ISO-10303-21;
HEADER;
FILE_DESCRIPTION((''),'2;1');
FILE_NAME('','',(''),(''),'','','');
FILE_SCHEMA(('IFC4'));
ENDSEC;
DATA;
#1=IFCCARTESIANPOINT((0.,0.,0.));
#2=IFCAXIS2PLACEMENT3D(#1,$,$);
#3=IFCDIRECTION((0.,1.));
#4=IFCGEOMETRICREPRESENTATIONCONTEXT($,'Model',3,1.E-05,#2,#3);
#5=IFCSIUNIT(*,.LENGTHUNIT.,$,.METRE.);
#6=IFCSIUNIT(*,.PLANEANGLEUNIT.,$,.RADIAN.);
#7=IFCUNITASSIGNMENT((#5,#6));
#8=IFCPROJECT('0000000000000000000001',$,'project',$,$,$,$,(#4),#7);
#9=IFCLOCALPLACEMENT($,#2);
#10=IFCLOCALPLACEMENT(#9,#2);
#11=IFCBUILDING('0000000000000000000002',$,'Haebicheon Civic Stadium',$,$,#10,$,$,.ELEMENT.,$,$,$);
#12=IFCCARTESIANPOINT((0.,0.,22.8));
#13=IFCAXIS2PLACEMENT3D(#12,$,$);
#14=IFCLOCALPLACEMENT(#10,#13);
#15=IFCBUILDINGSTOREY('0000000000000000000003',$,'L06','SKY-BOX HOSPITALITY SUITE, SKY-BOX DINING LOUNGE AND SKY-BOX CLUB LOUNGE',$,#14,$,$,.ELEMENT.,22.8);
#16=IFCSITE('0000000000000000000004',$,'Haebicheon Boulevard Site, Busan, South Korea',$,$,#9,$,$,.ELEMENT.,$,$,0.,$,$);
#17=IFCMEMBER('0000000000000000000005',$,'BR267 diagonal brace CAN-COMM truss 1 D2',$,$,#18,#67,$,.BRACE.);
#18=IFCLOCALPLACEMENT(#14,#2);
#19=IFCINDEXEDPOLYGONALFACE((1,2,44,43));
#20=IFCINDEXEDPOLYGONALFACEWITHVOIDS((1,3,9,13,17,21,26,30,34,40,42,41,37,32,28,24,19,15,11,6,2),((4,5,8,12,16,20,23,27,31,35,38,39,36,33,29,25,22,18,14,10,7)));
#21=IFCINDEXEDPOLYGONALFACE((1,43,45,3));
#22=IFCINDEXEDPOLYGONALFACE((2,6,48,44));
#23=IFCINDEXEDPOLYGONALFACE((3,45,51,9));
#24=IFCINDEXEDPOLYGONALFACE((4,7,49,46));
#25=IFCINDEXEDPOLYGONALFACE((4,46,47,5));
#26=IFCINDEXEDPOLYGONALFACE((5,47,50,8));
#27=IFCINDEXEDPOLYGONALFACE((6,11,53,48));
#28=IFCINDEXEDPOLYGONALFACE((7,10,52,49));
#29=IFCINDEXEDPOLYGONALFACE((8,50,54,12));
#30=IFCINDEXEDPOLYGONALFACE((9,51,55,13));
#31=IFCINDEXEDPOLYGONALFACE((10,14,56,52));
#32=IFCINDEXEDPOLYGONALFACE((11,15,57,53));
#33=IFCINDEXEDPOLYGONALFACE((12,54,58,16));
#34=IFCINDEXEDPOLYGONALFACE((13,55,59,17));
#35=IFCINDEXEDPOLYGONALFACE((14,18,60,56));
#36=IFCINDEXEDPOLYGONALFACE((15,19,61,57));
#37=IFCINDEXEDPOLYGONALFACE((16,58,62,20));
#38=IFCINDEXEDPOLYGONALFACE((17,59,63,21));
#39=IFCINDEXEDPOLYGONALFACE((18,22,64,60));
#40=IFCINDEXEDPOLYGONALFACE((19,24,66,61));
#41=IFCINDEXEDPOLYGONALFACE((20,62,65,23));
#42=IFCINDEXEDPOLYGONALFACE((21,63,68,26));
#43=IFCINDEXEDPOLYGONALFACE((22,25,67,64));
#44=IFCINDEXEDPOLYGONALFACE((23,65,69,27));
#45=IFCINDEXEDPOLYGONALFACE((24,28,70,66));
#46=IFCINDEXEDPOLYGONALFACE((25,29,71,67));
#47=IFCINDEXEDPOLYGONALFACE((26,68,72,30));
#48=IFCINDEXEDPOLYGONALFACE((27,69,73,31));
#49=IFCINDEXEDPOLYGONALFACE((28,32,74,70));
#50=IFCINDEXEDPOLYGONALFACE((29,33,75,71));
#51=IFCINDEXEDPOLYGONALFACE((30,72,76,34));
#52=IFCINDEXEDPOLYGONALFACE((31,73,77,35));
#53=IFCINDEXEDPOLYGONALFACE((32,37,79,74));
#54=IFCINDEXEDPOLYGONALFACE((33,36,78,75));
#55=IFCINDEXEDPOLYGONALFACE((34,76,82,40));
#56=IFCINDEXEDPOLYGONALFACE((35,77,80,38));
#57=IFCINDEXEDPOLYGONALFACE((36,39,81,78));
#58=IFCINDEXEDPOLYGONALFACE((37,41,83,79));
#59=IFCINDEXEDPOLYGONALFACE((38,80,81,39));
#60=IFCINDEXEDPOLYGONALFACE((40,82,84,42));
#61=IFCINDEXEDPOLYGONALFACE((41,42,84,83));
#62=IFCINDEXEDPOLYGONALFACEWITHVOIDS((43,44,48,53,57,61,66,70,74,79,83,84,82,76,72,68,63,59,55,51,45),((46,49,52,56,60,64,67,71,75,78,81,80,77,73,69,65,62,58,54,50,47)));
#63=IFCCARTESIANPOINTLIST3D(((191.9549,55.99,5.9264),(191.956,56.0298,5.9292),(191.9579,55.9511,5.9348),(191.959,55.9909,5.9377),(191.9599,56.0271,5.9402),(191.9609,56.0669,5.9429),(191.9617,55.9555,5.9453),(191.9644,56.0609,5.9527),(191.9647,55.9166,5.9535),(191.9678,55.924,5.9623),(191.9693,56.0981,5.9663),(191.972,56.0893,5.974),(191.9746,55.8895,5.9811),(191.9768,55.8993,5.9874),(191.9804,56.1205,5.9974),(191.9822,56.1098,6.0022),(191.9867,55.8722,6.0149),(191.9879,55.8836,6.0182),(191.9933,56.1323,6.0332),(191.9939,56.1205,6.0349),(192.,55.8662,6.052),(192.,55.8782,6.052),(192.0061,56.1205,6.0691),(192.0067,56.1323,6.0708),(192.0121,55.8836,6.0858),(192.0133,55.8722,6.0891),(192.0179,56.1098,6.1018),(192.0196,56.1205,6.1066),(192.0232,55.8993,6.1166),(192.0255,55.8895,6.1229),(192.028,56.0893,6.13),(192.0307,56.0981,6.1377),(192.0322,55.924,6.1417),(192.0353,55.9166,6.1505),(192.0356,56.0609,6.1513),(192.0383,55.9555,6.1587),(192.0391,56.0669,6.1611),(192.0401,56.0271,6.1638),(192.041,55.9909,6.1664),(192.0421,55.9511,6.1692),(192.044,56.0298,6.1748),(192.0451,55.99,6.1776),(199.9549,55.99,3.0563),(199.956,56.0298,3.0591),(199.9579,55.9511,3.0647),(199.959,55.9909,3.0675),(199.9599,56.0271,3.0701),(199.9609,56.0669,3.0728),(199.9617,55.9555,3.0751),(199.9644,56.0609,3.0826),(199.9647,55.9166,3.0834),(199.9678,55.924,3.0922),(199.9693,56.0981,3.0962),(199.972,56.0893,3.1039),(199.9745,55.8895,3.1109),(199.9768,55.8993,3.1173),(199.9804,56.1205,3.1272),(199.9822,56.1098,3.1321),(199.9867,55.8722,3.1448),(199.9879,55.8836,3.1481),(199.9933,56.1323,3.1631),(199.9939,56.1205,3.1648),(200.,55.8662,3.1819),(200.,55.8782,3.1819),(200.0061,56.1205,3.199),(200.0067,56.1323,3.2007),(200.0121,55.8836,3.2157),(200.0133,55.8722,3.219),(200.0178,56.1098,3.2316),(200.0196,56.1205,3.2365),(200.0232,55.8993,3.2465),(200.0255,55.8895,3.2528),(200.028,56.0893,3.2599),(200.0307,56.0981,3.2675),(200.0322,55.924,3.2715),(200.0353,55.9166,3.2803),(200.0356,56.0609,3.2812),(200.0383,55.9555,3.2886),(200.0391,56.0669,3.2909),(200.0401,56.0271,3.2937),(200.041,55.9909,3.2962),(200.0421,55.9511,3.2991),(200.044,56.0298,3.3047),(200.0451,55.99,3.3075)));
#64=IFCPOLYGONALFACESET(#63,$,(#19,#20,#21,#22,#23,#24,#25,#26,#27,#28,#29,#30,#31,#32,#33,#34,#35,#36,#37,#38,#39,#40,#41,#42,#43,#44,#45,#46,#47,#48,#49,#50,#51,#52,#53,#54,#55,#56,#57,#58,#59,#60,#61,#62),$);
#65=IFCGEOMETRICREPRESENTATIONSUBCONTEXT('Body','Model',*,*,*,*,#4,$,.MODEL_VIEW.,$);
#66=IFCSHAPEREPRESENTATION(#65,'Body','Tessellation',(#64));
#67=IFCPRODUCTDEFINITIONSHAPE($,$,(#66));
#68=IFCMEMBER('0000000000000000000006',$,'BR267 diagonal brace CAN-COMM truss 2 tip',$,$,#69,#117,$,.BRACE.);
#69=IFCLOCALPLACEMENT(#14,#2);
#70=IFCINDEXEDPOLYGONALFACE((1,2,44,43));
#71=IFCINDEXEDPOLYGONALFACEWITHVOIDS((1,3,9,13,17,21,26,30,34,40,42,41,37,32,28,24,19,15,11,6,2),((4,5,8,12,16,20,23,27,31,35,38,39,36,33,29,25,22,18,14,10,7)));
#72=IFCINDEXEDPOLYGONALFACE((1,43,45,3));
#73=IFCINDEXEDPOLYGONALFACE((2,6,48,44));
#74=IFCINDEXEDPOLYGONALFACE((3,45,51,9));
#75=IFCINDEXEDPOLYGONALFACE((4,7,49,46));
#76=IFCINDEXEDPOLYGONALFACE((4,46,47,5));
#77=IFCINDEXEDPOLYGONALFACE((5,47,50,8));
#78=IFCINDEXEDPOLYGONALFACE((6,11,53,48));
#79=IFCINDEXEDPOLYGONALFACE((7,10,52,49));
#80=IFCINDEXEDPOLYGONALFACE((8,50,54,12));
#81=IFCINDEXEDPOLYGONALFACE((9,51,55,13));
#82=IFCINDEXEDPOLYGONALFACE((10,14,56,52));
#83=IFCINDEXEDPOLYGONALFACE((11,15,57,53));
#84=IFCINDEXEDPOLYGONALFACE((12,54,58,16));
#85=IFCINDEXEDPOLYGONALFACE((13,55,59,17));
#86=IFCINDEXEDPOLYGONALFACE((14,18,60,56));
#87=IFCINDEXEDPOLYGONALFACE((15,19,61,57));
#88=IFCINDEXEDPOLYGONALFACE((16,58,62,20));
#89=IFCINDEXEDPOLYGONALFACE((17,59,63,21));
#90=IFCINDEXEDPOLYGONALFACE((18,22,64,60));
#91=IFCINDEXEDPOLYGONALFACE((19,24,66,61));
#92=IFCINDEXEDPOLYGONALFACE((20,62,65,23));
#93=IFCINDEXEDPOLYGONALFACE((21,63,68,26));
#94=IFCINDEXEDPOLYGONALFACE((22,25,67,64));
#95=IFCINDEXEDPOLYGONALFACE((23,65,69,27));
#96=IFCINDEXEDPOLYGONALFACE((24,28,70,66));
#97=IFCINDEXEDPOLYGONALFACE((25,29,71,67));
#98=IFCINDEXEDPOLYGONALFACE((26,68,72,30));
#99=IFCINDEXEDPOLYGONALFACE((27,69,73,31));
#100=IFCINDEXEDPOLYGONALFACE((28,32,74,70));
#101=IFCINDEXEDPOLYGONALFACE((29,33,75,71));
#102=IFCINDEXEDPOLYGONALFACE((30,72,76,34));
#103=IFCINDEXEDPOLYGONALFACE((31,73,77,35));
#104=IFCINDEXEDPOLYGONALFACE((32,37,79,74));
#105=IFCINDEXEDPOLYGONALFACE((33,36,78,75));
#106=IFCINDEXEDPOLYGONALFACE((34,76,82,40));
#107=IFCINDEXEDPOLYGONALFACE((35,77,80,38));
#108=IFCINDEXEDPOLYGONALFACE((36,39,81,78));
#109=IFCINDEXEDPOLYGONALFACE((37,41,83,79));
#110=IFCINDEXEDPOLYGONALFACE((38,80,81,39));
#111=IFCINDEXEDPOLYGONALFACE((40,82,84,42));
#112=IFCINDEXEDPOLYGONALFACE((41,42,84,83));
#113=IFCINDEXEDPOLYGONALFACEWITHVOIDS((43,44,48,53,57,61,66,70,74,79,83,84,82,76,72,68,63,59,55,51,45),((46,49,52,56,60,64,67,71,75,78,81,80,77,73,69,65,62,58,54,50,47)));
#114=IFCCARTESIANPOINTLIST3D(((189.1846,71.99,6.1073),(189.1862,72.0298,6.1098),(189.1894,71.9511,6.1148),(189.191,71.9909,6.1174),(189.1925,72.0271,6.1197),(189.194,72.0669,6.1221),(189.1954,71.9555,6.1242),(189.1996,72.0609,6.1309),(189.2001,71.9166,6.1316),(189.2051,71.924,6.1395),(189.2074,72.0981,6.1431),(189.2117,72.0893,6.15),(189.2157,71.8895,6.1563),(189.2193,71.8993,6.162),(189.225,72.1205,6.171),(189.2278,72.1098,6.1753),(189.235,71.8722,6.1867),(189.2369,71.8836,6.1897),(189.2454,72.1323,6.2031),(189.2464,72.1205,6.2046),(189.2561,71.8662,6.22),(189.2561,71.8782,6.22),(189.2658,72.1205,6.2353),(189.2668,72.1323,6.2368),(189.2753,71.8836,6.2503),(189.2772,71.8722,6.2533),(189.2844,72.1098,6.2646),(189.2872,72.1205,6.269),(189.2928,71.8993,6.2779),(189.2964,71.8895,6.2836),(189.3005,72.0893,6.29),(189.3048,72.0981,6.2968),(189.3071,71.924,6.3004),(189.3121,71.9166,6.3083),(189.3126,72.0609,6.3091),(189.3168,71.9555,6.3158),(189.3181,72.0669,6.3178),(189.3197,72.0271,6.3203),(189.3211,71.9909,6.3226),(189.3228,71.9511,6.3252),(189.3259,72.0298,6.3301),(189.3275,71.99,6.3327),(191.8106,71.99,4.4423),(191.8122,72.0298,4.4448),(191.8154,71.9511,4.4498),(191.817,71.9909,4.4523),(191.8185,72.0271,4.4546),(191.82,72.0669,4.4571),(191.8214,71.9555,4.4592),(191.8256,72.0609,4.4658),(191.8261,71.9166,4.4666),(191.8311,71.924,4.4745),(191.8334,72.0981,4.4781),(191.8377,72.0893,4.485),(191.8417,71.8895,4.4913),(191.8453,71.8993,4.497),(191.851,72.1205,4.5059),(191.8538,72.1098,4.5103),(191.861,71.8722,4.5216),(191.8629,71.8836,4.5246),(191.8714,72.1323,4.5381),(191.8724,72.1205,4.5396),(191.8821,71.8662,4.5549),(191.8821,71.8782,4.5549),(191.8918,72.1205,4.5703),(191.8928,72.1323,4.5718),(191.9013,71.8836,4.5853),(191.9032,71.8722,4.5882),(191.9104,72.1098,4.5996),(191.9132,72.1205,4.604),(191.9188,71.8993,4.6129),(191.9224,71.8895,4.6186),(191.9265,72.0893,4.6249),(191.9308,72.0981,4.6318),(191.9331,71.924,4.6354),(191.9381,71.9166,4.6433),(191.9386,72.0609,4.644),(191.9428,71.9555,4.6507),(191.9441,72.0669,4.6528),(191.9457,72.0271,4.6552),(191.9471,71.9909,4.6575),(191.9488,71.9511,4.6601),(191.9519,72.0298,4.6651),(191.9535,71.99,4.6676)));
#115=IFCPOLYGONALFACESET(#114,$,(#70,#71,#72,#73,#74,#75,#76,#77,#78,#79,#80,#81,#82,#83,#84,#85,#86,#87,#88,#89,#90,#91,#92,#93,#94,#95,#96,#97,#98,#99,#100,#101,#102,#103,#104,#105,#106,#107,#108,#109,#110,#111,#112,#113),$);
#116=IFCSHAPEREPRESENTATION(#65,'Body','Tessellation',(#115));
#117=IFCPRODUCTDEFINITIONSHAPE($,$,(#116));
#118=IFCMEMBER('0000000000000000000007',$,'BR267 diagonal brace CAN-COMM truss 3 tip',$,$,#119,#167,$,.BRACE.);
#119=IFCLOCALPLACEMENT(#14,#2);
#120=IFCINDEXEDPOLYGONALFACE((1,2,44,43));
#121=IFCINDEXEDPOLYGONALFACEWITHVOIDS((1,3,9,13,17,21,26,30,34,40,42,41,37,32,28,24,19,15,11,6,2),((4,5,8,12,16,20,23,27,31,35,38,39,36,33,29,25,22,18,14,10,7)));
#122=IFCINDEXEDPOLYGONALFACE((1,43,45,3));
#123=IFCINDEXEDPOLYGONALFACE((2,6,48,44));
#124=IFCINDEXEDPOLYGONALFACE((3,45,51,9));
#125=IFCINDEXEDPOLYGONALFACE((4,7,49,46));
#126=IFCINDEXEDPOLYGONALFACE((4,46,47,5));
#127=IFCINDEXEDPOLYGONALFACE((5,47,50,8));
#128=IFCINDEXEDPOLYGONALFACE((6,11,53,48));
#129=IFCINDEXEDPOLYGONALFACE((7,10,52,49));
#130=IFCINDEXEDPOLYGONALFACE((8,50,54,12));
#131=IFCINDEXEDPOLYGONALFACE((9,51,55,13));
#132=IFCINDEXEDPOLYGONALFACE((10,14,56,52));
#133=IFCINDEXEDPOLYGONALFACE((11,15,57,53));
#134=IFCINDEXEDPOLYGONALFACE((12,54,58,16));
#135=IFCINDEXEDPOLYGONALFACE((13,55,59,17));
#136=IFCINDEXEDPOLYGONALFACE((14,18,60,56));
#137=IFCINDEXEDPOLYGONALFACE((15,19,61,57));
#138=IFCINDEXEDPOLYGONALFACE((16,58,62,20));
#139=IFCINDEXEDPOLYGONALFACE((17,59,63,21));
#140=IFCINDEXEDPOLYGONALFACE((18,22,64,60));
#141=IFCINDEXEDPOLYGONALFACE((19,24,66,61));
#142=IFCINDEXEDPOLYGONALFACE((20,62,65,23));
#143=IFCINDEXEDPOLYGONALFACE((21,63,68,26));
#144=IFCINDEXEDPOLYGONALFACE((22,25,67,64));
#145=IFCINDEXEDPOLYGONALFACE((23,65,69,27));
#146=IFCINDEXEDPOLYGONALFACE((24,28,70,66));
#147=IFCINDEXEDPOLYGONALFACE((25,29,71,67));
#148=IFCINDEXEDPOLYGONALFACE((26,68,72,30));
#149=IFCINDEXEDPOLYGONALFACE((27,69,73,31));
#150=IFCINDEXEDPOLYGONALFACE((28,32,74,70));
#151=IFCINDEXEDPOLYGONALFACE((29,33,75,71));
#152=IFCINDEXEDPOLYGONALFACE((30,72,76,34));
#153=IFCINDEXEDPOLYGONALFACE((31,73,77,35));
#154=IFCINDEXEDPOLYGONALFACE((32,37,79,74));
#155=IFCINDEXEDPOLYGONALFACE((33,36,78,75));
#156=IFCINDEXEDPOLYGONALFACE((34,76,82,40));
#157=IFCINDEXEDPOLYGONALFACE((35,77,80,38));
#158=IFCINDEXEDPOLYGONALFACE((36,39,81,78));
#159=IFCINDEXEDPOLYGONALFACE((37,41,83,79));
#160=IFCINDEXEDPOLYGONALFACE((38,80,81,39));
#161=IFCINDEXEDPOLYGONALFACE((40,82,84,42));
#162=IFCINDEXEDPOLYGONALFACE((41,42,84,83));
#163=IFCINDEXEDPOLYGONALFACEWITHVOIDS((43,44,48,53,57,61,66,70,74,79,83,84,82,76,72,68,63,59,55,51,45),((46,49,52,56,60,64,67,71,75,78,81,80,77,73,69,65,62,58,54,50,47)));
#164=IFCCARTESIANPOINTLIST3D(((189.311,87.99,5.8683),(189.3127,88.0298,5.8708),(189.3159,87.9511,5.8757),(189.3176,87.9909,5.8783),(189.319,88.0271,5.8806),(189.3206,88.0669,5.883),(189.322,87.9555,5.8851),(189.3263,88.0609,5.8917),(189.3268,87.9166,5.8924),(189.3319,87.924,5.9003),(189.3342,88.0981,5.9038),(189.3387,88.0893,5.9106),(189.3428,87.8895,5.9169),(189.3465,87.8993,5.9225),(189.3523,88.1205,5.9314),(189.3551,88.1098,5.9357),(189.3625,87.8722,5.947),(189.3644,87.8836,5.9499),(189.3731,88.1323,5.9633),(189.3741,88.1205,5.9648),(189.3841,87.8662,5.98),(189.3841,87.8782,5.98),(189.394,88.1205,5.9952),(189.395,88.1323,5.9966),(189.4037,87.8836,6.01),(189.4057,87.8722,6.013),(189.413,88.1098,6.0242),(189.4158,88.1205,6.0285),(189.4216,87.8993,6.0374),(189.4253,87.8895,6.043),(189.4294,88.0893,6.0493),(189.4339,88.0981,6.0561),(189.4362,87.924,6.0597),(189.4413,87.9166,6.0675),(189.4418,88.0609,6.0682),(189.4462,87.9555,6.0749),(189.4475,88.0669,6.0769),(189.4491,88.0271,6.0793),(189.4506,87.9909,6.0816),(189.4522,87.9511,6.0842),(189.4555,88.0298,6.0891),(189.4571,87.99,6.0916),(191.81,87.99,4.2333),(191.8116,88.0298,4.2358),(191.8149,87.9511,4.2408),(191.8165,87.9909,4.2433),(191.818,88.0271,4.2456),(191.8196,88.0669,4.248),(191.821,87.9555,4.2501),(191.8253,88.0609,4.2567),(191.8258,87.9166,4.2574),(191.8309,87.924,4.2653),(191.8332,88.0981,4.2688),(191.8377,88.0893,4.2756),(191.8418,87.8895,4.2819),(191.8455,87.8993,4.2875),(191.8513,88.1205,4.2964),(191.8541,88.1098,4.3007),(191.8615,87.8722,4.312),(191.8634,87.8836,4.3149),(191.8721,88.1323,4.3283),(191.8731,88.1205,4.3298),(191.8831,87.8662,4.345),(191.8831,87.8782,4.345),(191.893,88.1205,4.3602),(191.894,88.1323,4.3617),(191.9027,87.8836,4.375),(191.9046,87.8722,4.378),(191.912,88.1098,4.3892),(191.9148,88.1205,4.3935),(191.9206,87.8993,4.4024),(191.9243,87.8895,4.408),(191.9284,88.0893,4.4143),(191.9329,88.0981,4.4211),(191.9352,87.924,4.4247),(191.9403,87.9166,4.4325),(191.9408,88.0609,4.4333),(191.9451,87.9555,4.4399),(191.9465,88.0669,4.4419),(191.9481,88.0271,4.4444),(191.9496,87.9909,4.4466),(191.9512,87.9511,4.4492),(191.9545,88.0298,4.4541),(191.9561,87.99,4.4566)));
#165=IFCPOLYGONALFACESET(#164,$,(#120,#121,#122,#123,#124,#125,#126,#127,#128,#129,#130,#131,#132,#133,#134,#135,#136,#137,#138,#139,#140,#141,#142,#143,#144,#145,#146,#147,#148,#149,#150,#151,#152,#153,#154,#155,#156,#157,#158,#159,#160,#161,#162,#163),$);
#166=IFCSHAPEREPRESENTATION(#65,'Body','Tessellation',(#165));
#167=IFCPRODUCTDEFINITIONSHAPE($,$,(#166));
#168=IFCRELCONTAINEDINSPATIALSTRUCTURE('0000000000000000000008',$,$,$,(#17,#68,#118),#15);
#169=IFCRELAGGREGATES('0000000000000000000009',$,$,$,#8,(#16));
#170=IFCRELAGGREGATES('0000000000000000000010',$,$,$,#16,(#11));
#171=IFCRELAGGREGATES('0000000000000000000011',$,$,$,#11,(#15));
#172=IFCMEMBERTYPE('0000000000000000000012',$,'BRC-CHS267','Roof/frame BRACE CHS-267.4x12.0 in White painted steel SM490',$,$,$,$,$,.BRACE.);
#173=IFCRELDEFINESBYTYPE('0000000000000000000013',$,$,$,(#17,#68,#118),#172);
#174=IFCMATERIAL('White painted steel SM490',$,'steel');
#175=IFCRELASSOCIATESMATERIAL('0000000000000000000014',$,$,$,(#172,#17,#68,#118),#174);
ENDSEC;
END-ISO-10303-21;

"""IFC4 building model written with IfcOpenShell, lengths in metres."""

from ifc_helpers import new_model, si_unit, direction, frame, origin, origin_2d, place, context, subcontext, project, spatial, hollow_circle, extrude, material, material_profile, profile_set, type_object, element, save


model = new_model("IFC4")

# Units and contexts
model_context = context("Model", 3, precision=1e-05, world=origin(), true_north=direction((0.0, 1.0)))
body_context = subcontext(model_context, "Body", "Model", "MODEL_VIEW")
ifc_project = project(units=[si_unit("LENGTHUNIT", "METRE"), si_unit("PLANEANGLEUNIT", "RADIAN")], contexts=[model_context])

# Site, building, storey
site_placement = place(None, origin())
site = spatial("IfcSite", under=ifc_project, at=site_placement, Name="Haebicheon Boulevard Site, Busan, South Korea", CompositionType="ELEMENT", RefElevation=0.0)
building_placement = place(site_placement, origin())
building = spatial("IfcBuilding", under=site, at=building_placement, Name="Haebicheon Civic Stadium", CompositionType="ELEMENT")
storey_placement = place(building_placement, frame((0.0, 0.0, 22.8)))
storey = spatial("IfcBuildingStorey", under=building, at=storey_placement, Name="L06", Description="SKY-BOX HOSPITALITY SUITE, SKY-BOX DINING LOUNGE AND SKY-BOX CLUB LOUNGE", CompositionType="ELEMENT", Elevation=22.8)

# Members
ifc_material_1 = material(Name="White painted steel SM490", Category="steel")
ifc_material_profile_1 = material_profile(ifc_material_1, hollow_circle(Radius=0.1338, WallThickness=0.012, at=origin_2d()), Name="CHS-267.4x12.0")
ifc_profile_set_1 = profile_set([ifc_material_profile_1], Name="White painted steel SM490")
member_type_1 = type_object("IfcMemberType", Name="BRC-CHS267", Description="Roof/frame BRACE CHS-267.4x12.0 in White painted steel SM490", PredefinedType="BRACE", material=ifc_profile_set_1)
member_1_placement = place(storey_placement, frame((200.0, 56.0, 3.1819), z_axis=(-0.941257, 0.0, 0.33769), x_axis=(0.0, -1.0, 0.0)))
element("IfcMember", 1, at=member_1_placement, inside=storey, type_object=member_type_1, material=ifc_profile_set_1, Name="BR267 diagonal brace CAN-COMM truss 1 D2", PredefinedType="BRACE", context=body_context, shape_type="SweptSolid", body=[
    extrude(hollow_circle(Radius=0.1338, WallThickness=0.012, at=origin_2d()), origin(), (0.0, 0.0, 1.0), 8.4993),
])
member_2_placement = place(storey_placement, frame((191.8821, 72.0, 4.5549), z_axis=(-0.84454, 0.0, 0.535493), x_axis=(0.0, -1.0, 0.0)))
element("IfcMember", 2, at=member_2_placement, inside=storey, type_object=member_type_1, material=ifc_profile_set_1, Name="BR267 diagonal brace CAN-COMM truss 2 tip", PredefinedType="BRACE", context=body_context, shape_type="SweptSolid", body=[
    extrude(hollow_circle(Radius=0.1338, WallThickness=0.012, at=origin_2d()), origin(), (0.0, 0.0, 1.0), 3.1094),
])
for number, where, z_axis, x_axis, name in (
    (3, (191.8831, 88.0, 4.345), (-0.836811, 0.0, 0.547492), (0.0, -1.0, 0.0), "BR267 diagonal brace CAN-COMM truss 3 tip"),
):
    element("IfcMember", number, at=place(storey_placement, frame(where, z_axis=z_axis, x_axis=x_axis)), inside=storey, type_object=member_type_1, material=ifc_profile_set_1, Name=name, PredefinedType="BRACE", context=body_context, shape_type="SweptSolid", body=[
        extrude(hollow_circle(Radius=0.1338, WallThickness=0.012, at=origin_2d()), origin(), (0.0, 0.0, 1.0), 2.9863),
    ])

save(model, "model.ifc")
